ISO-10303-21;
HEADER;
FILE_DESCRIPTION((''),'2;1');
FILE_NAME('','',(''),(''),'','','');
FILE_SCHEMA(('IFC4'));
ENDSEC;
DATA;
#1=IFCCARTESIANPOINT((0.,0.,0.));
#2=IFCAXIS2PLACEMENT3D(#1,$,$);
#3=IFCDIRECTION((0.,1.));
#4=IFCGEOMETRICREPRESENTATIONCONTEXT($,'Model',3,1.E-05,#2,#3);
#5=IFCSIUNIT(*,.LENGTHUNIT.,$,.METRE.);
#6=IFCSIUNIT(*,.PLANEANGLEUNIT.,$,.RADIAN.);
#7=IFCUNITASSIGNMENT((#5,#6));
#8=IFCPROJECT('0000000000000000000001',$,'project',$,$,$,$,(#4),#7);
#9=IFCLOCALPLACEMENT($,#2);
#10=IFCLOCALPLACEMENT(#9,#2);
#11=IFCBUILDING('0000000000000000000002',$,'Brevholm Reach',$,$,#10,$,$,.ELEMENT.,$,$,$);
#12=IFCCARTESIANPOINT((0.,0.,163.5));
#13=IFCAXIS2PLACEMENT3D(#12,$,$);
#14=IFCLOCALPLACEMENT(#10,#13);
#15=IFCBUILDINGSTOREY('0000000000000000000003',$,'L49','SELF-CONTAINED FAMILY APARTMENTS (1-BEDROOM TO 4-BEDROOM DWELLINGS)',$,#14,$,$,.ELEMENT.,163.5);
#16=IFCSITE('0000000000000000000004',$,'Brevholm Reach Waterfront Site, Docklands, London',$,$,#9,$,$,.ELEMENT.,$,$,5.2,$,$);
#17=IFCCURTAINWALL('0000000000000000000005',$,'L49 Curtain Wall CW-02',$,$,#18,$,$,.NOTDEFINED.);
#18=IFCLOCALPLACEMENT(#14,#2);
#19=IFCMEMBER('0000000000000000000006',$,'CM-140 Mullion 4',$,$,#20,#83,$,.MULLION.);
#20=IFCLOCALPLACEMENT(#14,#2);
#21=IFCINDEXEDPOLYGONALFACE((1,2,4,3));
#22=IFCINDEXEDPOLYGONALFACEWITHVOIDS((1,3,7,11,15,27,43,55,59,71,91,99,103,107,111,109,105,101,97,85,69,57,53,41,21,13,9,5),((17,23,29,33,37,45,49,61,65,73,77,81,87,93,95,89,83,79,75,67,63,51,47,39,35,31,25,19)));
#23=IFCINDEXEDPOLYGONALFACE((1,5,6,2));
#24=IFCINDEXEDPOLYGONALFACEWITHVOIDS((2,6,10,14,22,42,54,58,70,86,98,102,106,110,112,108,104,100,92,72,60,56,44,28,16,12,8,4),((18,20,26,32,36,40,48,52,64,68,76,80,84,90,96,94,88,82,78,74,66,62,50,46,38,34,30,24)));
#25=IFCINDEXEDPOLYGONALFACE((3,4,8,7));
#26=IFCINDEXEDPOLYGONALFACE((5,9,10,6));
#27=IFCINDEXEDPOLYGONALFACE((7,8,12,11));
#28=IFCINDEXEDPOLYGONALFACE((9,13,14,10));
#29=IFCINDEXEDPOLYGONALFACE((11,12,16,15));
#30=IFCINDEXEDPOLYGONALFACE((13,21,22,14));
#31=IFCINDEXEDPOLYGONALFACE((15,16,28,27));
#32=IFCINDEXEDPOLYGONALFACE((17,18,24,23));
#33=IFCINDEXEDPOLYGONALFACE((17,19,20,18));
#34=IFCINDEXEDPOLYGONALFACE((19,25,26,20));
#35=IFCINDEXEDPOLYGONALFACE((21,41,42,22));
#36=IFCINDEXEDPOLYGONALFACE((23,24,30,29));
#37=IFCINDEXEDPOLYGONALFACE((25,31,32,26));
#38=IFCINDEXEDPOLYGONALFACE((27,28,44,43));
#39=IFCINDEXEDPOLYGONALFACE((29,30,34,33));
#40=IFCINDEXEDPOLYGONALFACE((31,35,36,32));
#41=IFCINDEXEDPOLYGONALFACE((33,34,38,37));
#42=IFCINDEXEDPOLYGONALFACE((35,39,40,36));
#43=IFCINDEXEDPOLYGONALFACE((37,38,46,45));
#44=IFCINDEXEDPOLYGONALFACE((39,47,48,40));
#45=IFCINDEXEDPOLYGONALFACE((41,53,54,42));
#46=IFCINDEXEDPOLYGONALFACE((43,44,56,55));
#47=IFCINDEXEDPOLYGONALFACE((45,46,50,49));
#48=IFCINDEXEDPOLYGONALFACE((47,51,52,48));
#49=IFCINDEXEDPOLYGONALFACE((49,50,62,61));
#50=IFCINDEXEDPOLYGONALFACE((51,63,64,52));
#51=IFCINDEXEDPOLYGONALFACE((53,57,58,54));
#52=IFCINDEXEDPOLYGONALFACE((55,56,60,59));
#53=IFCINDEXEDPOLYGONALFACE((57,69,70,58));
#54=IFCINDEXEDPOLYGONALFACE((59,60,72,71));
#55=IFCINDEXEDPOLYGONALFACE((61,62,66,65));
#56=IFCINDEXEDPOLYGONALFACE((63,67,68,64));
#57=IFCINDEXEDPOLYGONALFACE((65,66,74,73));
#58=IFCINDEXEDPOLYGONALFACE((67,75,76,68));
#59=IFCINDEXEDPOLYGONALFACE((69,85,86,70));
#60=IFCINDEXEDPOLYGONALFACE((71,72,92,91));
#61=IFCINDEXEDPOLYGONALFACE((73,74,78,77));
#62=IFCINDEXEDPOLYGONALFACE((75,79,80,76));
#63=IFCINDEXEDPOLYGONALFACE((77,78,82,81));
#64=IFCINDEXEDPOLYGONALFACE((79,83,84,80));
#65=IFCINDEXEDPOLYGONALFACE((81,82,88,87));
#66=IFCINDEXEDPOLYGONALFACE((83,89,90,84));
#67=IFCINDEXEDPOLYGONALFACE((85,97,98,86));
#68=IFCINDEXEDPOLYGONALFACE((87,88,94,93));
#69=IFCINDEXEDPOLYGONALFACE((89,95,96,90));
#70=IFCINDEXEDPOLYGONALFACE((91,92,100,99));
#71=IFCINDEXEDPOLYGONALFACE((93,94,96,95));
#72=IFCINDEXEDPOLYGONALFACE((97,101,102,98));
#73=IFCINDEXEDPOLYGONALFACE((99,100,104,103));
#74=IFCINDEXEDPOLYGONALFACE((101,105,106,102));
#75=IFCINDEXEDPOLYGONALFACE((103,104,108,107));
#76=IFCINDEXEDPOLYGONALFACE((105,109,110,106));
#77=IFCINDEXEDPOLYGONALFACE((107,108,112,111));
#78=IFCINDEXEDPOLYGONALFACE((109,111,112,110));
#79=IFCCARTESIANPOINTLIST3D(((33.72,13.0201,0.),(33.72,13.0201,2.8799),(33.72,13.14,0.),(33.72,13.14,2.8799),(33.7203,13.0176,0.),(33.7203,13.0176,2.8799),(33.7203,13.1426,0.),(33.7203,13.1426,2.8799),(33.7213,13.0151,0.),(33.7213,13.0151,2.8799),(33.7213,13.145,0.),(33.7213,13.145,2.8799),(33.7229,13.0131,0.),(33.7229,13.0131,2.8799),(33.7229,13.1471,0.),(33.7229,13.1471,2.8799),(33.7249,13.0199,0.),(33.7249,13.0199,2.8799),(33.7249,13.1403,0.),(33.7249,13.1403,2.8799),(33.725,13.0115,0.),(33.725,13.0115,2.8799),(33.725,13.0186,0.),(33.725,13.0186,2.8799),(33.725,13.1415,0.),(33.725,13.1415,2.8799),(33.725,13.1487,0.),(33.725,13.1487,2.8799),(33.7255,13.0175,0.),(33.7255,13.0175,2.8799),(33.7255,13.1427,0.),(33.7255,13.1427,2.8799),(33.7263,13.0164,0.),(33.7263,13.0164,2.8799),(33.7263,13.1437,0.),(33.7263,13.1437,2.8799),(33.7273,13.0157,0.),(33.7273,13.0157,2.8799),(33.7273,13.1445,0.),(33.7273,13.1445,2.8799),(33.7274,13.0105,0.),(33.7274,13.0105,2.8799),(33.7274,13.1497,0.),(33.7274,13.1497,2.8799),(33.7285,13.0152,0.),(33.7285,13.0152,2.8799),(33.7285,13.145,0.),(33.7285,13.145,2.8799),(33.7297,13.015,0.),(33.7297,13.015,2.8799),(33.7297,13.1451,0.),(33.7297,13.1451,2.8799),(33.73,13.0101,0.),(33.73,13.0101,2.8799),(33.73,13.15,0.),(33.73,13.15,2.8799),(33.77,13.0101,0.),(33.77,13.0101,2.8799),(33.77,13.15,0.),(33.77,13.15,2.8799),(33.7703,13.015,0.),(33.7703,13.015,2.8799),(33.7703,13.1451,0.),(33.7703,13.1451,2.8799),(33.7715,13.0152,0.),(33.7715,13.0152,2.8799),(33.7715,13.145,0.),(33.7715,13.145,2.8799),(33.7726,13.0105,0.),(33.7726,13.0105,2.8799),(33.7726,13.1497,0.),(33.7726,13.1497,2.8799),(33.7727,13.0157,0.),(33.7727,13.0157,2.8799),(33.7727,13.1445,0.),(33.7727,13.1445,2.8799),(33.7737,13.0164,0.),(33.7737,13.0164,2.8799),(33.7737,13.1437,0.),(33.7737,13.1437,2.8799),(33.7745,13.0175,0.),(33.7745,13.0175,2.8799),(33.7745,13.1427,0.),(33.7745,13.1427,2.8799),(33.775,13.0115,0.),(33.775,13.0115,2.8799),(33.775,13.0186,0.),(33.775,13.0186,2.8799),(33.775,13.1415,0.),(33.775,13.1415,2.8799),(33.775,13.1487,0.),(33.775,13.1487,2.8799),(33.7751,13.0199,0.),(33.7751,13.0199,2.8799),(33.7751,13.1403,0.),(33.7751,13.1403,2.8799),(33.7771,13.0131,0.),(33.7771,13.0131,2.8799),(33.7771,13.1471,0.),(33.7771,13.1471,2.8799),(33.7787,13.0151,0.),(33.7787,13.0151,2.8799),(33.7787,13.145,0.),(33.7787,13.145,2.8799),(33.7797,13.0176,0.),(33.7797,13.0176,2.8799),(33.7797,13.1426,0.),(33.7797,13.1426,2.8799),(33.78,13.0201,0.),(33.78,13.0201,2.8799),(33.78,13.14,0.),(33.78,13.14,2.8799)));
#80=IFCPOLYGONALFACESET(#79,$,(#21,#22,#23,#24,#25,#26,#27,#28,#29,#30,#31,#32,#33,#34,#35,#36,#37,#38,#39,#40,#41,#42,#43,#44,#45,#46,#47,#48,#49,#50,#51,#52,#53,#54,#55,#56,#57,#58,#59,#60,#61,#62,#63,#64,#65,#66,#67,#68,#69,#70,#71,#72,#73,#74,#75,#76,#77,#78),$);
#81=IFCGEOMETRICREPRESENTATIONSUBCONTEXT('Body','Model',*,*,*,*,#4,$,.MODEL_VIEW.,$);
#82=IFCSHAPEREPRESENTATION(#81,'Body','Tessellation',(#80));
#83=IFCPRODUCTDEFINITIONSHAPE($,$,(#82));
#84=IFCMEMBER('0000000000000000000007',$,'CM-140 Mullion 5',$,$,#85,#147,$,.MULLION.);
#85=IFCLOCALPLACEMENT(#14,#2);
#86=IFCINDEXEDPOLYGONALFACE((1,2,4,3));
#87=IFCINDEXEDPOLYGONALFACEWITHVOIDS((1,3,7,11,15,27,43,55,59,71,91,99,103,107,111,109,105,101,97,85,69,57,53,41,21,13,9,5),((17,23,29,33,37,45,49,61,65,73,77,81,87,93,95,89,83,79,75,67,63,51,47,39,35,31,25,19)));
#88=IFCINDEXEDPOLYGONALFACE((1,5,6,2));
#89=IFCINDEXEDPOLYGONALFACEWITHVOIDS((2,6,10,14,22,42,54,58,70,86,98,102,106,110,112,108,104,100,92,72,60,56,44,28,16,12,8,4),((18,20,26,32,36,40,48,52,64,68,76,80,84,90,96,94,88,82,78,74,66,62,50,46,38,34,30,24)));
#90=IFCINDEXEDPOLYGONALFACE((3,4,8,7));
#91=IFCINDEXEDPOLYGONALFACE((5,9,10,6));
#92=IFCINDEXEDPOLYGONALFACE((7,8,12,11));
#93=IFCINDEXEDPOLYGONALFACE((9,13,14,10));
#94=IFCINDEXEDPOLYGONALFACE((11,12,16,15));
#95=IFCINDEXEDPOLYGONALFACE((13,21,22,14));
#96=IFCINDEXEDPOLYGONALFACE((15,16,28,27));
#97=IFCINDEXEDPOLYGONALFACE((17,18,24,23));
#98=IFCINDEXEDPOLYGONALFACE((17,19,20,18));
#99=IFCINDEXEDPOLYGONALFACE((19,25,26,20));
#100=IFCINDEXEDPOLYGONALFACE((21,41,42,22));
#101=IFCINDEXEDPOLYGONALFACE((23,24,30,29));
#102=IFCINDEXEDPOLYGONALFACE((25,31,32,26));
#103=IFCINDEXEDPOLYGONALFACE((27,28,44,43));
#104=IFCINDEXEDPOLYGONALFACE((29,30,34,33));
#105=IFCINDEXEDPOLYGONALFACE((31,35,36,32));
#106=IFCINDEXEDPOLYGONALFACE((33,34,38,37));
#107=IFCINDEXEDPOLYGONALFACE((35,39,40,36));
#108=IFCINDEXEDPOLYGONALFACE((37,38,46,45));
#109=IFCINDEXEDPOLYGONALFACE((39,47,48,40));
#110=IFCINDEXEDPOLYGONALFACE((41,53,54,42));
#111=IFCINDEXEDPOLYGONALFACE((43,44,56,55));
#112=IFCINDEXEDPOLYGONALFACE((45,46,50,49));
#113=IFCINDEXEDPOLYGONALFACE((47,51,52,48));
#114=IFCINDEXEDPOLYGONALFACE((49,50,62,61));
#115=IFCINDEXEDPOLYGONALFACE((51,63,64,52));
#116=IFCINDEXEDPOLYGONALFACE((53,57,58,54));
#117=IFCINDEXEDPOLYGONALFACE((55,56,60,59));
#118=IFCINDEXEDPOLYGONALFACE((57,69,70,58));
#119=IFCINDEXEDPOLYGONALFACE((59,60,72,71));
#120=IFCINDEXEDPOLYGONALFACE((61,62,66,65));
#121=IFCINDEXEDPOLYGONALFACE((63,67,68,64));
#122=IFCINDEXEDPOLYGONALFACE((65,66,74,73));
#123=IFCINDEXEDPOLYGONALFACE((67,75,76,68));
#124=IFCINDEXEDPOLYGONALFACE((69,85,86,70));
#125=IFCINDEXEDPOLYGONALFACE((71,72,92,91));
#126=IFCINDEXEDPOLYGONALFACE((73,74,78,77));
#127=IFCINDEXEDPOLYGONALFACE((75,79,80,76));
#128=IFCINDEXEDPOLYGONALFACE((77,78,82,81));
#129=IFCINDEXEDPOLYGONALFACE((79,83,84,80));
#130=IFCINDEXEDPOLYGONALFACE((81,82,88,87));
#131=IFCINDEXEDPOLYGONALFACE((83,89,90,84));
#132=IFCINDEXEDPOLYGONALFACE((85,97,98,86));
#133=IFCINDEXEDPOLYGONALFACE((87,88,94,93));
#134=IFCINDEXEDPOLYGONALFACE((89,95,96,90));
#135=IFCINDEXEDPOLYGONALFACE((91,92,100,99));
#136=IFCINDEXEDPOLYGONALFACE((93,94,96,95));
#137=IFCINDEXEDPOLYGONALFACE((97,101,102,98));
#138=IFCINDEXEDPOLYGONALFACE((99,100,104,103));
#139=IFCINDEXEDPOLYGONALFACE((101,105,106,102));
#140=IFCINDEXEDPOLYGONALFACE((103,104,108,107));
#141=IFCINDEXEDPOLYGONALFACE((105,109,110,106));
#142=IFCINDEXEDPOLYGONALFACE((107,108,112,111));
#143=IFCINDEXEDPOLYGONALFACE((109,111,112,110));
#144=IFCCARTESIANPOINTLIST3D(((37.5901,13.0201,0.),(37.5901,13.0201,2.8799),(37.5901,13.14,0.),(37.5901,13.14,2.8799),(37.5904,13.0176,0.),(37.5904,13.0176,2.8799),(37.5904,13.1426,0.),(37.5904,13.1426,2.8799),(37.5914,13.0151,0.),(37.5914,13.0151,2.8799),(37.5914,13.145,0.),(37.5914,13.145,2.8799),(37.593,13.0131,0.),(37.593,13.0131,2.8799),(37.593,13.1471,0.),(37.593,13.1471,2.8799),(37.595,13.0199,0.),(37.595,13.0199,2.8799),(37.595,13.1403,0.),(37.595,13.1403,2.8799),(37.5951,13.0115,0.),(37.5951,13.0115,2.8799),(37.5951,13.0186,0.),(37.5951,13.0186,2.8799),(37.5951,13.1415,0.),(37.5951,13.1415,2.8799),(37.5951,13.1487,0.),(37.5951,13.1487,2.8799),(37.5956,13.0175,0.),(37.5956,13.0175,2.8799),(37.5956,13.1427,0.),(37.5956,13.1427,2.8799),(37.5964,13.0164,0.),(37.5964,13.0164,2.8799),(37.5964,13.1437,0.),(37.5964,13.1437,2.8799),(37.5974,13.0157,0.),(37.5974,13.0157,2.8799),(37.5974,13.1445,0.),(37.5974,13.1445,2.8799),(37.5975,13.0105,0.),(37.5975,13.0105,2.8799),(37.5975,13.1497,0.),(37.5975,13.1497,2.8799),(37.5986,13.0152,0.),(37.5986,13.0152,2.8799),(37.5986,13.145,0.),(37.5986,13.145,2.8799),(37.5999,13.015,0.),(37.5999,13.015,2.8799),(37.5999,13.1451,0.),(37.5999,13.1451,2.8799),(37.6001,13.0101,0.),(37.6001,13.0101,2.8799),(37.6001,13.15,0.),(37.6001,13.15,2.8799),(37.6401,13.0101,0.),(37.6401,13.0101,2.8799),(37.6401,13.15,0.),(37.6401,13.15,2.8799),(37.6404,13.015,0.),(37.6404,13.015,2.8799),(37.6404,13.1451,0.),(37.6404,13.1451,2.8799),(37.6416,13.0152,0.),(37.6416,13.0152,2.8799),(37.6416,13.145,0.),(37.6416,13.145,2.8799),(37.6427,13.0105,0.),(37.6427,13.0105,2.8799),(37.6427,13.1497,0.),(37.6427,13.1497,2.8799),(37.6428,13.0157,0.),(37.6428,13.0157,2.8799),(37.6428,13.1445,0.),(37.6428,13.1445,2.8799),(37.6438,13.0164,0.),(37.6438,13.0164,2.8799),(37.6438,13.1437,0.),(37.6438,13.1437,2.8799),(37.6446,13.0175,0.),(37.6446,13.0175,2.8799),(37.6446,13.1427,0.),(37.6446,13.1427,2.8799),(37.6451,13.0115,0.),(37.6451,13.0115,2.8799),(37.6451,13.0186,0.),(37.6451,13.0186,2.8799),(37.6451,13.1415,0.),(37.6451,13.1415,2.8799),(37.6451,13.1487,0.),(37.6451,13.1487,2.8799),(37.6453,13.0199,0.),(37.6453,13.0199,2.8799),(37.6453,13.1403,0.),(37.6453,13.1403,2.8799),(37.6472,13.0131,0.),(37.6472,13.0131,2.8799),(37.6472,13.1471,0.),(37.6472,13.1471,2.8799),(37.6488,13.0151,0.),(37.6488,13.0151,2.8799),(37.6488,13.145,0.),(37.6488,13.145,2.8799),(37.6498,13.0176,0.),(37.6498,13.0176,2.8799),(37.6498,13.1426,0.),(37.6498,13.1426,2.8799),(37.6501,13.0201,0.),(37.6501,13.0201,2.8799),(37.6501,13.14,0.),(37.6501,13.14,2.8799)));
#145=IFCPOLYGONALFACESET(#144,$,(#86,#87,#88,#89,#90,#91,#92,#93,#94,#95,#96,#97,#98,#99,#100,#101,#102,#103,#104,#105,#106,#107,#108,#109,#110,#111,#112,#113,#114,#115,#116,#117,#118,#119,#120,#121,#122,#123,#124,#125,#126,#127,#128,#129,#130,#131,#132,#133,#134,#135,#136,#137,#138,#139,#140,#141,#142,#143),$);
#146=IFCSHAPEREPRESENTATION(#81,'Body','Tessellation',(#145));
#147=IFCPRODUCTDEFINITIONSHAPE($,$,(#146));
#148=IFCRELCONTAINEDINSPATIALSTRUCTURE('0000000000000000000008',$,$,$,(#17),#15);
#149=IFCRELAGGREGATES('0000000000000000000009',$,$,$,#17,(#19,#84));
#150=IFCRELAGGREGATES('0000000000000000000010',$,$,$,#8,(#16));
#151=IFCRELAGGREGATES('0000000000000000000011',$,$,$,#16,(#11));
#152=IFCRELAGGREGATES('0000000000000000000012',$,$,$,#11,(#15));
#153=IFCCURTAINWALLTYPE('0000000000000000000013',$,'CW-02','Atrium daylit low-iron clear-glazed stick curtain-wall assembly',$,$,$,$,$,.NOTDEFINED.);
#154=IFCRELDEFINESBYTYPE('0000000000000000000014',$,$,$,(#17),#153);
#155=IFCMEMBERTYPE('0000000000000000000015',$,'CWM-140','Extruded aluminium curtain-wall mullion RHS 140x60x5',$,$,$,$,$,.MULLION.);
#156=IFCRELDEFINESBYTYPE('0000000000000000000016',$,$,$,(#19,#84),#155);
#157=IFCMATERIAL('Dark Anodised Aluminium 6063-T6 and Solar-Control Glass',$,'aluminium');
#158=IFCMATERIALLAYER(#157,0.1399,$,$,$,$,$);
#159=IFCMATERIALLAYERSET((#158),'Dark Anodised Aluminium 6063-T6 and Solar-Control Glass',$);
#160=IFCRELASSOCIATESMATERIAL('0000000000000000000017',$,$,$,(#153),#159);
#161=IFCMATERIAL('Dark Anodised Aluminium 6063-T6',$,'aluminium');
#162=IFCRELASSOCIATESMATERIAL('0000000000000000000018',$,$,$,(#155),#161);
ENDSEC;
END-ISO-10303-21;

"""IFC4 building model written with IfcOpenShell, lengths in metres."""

from ifc_helpers import new_model, si_unit, direction, frame, origin, origin_2d, place, context, subcontext, project, spatial, hollow_rectangle, extrude, material, layer, layer_set, material_profile, profile_set, type_object, element, aggregate, save


model = new_model("IFC4")

# Units and contexts
model_context = context("Model", 3, precision=1e-05, world=origin(), true_north=direction((0.0, 1.0)))
body_context = subcontext(model_context, "Body", "Model", "MODEL_VIEW")
ifc_project = project(units=[si_unit("LENGTHUNIT", "METRE"), si_unit("PLANEANGLEUNIT", "RADIAN")], contexts=[model_context])

# Site, building, storey
site_placement = place(None, origin())
site = spatial("IfcSite", under=ifc_project, at=site_placement, Name="Brevholm Reach Waterfront Site, Docklands, London", CompositionType="ELEMENT", RefElevation=5.2)
building_placement = place(site_placement, origin())
building = spatial("IfcBuilding", under=site, at=building_placement, Name="Brevholm Reach", CompositionType="ELEMENT")
storey_placement = place(building_placement, frame((0.0, 0.0, 163.5)))
storey = spatial("IfcBuildingStorey", under=building, at=storey_placement, Name="L49", Description="SELF-CONTAINED FAMILY APARTMENTS (1-BEDROOM TO 4-BEDROOM DWELLINGS)", CompositionType="ELEMENT", Elevation=163.5)

# Curtain wall, members
ifc_material_1 = material(Name="Dark Anodised Aluminium 6063-T6 and Solar-Control Glass", Category="aluminium")
ifc_layer_1 = layer(ifc_material_1, 0.1399)
ifc_layer_set_1 = layer_set([ifc_layer_1], Name="Dark Anodised Aluminium 6063-T6 and Solar-Control Glass")
curtain_wall_type = type_object("IfcCurtainWallType", Name="CW-02", Description="Atrium daylit low-iron clear-glazed stick curtain-wall assembly", PredefinedType="NOTDEFINED", material=ifc_layer_set_1)
curtain_wall_placement = place(storey_placement, origin())
curtain_wall = element("IfcCurtainWall", 1, at=curtain_wall_placement, inside=storey, type_object=curtain_wall_type, Name="L49 Curtain Wall CW-02", PredefinedType="NOTDEFINED")
ifc_material_2 = material(Name="Dark Anodised Aluminium 6063-T6", Category="aluminium")
ifc_material_profile_1 = material_profile(ifc_material_2, hollow_rectangle(XDim=0.0601, YDim=0.1399, WallThickness=0.0049, InnerFilletRadius=0.0049, OuterFilletRadius=0.01, at=origin_2d()), Name="RHS 140x60x5")
ifc_profile_set_1 = profile_set([ifc_material_profile_1], Name="Dark Anodised Aluminium 6063-T6")
member_type_1 = type_object("IfcMemberType", Name="CWM-140", Description="Extruded aluminium curtain-wall mullion RHS 140x60x5", PredefinedType="MULLION", material=ifc_profile_set_1)
member_1_placement = place(storey_placement, frame((33.75, 13.0801, 0.0), z_axis=(0.0, 0.0, 1.0), x_axis=(1.0, 0.0, 0.0)))
member_1 = element("IfcMember", 2, at=member_1_placement, type_object=member_type_1, Name="CM-140 Mullion 4", PredefinedType="MULLION", context=body_context, shape_type="SweptSolid", body=[
    extrude(hollow_rectangle(XDim=0.0601, YDim=0.1399, WallThickness=0.0049, InnerFilletRadius=0.0049, OuterFilletRadius=0.01, at=origin_2d()), origin(), (0.0, 0.0, 1.0), 2.8799),
])
member_2_placement = place(storey_placement, frame((37.6201, 13.0801, 0.0), z_axis=(0.0, 0.0, 1.0), x_axis=(1.0, 0.0, 0.0)))
member_2 = element("IfcMember", 3, at=member_2_placement, type_object=member_type_1, Name="CM-140 Mullion 5", PredefinedType="MULLION", context=body_context, shape_type="SweptSolid", body=[
    extrude(hollow_rectangle(XDim=0.0601, YDim=0.1399, WallThickness=0.0049, InnerFilletRadius=0.0049, OuterFilletRadius=0.01, at=origin_2d()), origin(), (0.0, 0.0, 1.0), 2.8799),
])
aggregate(curtain_wall, [member_1, member_2])

save(model, "model.ifc")
